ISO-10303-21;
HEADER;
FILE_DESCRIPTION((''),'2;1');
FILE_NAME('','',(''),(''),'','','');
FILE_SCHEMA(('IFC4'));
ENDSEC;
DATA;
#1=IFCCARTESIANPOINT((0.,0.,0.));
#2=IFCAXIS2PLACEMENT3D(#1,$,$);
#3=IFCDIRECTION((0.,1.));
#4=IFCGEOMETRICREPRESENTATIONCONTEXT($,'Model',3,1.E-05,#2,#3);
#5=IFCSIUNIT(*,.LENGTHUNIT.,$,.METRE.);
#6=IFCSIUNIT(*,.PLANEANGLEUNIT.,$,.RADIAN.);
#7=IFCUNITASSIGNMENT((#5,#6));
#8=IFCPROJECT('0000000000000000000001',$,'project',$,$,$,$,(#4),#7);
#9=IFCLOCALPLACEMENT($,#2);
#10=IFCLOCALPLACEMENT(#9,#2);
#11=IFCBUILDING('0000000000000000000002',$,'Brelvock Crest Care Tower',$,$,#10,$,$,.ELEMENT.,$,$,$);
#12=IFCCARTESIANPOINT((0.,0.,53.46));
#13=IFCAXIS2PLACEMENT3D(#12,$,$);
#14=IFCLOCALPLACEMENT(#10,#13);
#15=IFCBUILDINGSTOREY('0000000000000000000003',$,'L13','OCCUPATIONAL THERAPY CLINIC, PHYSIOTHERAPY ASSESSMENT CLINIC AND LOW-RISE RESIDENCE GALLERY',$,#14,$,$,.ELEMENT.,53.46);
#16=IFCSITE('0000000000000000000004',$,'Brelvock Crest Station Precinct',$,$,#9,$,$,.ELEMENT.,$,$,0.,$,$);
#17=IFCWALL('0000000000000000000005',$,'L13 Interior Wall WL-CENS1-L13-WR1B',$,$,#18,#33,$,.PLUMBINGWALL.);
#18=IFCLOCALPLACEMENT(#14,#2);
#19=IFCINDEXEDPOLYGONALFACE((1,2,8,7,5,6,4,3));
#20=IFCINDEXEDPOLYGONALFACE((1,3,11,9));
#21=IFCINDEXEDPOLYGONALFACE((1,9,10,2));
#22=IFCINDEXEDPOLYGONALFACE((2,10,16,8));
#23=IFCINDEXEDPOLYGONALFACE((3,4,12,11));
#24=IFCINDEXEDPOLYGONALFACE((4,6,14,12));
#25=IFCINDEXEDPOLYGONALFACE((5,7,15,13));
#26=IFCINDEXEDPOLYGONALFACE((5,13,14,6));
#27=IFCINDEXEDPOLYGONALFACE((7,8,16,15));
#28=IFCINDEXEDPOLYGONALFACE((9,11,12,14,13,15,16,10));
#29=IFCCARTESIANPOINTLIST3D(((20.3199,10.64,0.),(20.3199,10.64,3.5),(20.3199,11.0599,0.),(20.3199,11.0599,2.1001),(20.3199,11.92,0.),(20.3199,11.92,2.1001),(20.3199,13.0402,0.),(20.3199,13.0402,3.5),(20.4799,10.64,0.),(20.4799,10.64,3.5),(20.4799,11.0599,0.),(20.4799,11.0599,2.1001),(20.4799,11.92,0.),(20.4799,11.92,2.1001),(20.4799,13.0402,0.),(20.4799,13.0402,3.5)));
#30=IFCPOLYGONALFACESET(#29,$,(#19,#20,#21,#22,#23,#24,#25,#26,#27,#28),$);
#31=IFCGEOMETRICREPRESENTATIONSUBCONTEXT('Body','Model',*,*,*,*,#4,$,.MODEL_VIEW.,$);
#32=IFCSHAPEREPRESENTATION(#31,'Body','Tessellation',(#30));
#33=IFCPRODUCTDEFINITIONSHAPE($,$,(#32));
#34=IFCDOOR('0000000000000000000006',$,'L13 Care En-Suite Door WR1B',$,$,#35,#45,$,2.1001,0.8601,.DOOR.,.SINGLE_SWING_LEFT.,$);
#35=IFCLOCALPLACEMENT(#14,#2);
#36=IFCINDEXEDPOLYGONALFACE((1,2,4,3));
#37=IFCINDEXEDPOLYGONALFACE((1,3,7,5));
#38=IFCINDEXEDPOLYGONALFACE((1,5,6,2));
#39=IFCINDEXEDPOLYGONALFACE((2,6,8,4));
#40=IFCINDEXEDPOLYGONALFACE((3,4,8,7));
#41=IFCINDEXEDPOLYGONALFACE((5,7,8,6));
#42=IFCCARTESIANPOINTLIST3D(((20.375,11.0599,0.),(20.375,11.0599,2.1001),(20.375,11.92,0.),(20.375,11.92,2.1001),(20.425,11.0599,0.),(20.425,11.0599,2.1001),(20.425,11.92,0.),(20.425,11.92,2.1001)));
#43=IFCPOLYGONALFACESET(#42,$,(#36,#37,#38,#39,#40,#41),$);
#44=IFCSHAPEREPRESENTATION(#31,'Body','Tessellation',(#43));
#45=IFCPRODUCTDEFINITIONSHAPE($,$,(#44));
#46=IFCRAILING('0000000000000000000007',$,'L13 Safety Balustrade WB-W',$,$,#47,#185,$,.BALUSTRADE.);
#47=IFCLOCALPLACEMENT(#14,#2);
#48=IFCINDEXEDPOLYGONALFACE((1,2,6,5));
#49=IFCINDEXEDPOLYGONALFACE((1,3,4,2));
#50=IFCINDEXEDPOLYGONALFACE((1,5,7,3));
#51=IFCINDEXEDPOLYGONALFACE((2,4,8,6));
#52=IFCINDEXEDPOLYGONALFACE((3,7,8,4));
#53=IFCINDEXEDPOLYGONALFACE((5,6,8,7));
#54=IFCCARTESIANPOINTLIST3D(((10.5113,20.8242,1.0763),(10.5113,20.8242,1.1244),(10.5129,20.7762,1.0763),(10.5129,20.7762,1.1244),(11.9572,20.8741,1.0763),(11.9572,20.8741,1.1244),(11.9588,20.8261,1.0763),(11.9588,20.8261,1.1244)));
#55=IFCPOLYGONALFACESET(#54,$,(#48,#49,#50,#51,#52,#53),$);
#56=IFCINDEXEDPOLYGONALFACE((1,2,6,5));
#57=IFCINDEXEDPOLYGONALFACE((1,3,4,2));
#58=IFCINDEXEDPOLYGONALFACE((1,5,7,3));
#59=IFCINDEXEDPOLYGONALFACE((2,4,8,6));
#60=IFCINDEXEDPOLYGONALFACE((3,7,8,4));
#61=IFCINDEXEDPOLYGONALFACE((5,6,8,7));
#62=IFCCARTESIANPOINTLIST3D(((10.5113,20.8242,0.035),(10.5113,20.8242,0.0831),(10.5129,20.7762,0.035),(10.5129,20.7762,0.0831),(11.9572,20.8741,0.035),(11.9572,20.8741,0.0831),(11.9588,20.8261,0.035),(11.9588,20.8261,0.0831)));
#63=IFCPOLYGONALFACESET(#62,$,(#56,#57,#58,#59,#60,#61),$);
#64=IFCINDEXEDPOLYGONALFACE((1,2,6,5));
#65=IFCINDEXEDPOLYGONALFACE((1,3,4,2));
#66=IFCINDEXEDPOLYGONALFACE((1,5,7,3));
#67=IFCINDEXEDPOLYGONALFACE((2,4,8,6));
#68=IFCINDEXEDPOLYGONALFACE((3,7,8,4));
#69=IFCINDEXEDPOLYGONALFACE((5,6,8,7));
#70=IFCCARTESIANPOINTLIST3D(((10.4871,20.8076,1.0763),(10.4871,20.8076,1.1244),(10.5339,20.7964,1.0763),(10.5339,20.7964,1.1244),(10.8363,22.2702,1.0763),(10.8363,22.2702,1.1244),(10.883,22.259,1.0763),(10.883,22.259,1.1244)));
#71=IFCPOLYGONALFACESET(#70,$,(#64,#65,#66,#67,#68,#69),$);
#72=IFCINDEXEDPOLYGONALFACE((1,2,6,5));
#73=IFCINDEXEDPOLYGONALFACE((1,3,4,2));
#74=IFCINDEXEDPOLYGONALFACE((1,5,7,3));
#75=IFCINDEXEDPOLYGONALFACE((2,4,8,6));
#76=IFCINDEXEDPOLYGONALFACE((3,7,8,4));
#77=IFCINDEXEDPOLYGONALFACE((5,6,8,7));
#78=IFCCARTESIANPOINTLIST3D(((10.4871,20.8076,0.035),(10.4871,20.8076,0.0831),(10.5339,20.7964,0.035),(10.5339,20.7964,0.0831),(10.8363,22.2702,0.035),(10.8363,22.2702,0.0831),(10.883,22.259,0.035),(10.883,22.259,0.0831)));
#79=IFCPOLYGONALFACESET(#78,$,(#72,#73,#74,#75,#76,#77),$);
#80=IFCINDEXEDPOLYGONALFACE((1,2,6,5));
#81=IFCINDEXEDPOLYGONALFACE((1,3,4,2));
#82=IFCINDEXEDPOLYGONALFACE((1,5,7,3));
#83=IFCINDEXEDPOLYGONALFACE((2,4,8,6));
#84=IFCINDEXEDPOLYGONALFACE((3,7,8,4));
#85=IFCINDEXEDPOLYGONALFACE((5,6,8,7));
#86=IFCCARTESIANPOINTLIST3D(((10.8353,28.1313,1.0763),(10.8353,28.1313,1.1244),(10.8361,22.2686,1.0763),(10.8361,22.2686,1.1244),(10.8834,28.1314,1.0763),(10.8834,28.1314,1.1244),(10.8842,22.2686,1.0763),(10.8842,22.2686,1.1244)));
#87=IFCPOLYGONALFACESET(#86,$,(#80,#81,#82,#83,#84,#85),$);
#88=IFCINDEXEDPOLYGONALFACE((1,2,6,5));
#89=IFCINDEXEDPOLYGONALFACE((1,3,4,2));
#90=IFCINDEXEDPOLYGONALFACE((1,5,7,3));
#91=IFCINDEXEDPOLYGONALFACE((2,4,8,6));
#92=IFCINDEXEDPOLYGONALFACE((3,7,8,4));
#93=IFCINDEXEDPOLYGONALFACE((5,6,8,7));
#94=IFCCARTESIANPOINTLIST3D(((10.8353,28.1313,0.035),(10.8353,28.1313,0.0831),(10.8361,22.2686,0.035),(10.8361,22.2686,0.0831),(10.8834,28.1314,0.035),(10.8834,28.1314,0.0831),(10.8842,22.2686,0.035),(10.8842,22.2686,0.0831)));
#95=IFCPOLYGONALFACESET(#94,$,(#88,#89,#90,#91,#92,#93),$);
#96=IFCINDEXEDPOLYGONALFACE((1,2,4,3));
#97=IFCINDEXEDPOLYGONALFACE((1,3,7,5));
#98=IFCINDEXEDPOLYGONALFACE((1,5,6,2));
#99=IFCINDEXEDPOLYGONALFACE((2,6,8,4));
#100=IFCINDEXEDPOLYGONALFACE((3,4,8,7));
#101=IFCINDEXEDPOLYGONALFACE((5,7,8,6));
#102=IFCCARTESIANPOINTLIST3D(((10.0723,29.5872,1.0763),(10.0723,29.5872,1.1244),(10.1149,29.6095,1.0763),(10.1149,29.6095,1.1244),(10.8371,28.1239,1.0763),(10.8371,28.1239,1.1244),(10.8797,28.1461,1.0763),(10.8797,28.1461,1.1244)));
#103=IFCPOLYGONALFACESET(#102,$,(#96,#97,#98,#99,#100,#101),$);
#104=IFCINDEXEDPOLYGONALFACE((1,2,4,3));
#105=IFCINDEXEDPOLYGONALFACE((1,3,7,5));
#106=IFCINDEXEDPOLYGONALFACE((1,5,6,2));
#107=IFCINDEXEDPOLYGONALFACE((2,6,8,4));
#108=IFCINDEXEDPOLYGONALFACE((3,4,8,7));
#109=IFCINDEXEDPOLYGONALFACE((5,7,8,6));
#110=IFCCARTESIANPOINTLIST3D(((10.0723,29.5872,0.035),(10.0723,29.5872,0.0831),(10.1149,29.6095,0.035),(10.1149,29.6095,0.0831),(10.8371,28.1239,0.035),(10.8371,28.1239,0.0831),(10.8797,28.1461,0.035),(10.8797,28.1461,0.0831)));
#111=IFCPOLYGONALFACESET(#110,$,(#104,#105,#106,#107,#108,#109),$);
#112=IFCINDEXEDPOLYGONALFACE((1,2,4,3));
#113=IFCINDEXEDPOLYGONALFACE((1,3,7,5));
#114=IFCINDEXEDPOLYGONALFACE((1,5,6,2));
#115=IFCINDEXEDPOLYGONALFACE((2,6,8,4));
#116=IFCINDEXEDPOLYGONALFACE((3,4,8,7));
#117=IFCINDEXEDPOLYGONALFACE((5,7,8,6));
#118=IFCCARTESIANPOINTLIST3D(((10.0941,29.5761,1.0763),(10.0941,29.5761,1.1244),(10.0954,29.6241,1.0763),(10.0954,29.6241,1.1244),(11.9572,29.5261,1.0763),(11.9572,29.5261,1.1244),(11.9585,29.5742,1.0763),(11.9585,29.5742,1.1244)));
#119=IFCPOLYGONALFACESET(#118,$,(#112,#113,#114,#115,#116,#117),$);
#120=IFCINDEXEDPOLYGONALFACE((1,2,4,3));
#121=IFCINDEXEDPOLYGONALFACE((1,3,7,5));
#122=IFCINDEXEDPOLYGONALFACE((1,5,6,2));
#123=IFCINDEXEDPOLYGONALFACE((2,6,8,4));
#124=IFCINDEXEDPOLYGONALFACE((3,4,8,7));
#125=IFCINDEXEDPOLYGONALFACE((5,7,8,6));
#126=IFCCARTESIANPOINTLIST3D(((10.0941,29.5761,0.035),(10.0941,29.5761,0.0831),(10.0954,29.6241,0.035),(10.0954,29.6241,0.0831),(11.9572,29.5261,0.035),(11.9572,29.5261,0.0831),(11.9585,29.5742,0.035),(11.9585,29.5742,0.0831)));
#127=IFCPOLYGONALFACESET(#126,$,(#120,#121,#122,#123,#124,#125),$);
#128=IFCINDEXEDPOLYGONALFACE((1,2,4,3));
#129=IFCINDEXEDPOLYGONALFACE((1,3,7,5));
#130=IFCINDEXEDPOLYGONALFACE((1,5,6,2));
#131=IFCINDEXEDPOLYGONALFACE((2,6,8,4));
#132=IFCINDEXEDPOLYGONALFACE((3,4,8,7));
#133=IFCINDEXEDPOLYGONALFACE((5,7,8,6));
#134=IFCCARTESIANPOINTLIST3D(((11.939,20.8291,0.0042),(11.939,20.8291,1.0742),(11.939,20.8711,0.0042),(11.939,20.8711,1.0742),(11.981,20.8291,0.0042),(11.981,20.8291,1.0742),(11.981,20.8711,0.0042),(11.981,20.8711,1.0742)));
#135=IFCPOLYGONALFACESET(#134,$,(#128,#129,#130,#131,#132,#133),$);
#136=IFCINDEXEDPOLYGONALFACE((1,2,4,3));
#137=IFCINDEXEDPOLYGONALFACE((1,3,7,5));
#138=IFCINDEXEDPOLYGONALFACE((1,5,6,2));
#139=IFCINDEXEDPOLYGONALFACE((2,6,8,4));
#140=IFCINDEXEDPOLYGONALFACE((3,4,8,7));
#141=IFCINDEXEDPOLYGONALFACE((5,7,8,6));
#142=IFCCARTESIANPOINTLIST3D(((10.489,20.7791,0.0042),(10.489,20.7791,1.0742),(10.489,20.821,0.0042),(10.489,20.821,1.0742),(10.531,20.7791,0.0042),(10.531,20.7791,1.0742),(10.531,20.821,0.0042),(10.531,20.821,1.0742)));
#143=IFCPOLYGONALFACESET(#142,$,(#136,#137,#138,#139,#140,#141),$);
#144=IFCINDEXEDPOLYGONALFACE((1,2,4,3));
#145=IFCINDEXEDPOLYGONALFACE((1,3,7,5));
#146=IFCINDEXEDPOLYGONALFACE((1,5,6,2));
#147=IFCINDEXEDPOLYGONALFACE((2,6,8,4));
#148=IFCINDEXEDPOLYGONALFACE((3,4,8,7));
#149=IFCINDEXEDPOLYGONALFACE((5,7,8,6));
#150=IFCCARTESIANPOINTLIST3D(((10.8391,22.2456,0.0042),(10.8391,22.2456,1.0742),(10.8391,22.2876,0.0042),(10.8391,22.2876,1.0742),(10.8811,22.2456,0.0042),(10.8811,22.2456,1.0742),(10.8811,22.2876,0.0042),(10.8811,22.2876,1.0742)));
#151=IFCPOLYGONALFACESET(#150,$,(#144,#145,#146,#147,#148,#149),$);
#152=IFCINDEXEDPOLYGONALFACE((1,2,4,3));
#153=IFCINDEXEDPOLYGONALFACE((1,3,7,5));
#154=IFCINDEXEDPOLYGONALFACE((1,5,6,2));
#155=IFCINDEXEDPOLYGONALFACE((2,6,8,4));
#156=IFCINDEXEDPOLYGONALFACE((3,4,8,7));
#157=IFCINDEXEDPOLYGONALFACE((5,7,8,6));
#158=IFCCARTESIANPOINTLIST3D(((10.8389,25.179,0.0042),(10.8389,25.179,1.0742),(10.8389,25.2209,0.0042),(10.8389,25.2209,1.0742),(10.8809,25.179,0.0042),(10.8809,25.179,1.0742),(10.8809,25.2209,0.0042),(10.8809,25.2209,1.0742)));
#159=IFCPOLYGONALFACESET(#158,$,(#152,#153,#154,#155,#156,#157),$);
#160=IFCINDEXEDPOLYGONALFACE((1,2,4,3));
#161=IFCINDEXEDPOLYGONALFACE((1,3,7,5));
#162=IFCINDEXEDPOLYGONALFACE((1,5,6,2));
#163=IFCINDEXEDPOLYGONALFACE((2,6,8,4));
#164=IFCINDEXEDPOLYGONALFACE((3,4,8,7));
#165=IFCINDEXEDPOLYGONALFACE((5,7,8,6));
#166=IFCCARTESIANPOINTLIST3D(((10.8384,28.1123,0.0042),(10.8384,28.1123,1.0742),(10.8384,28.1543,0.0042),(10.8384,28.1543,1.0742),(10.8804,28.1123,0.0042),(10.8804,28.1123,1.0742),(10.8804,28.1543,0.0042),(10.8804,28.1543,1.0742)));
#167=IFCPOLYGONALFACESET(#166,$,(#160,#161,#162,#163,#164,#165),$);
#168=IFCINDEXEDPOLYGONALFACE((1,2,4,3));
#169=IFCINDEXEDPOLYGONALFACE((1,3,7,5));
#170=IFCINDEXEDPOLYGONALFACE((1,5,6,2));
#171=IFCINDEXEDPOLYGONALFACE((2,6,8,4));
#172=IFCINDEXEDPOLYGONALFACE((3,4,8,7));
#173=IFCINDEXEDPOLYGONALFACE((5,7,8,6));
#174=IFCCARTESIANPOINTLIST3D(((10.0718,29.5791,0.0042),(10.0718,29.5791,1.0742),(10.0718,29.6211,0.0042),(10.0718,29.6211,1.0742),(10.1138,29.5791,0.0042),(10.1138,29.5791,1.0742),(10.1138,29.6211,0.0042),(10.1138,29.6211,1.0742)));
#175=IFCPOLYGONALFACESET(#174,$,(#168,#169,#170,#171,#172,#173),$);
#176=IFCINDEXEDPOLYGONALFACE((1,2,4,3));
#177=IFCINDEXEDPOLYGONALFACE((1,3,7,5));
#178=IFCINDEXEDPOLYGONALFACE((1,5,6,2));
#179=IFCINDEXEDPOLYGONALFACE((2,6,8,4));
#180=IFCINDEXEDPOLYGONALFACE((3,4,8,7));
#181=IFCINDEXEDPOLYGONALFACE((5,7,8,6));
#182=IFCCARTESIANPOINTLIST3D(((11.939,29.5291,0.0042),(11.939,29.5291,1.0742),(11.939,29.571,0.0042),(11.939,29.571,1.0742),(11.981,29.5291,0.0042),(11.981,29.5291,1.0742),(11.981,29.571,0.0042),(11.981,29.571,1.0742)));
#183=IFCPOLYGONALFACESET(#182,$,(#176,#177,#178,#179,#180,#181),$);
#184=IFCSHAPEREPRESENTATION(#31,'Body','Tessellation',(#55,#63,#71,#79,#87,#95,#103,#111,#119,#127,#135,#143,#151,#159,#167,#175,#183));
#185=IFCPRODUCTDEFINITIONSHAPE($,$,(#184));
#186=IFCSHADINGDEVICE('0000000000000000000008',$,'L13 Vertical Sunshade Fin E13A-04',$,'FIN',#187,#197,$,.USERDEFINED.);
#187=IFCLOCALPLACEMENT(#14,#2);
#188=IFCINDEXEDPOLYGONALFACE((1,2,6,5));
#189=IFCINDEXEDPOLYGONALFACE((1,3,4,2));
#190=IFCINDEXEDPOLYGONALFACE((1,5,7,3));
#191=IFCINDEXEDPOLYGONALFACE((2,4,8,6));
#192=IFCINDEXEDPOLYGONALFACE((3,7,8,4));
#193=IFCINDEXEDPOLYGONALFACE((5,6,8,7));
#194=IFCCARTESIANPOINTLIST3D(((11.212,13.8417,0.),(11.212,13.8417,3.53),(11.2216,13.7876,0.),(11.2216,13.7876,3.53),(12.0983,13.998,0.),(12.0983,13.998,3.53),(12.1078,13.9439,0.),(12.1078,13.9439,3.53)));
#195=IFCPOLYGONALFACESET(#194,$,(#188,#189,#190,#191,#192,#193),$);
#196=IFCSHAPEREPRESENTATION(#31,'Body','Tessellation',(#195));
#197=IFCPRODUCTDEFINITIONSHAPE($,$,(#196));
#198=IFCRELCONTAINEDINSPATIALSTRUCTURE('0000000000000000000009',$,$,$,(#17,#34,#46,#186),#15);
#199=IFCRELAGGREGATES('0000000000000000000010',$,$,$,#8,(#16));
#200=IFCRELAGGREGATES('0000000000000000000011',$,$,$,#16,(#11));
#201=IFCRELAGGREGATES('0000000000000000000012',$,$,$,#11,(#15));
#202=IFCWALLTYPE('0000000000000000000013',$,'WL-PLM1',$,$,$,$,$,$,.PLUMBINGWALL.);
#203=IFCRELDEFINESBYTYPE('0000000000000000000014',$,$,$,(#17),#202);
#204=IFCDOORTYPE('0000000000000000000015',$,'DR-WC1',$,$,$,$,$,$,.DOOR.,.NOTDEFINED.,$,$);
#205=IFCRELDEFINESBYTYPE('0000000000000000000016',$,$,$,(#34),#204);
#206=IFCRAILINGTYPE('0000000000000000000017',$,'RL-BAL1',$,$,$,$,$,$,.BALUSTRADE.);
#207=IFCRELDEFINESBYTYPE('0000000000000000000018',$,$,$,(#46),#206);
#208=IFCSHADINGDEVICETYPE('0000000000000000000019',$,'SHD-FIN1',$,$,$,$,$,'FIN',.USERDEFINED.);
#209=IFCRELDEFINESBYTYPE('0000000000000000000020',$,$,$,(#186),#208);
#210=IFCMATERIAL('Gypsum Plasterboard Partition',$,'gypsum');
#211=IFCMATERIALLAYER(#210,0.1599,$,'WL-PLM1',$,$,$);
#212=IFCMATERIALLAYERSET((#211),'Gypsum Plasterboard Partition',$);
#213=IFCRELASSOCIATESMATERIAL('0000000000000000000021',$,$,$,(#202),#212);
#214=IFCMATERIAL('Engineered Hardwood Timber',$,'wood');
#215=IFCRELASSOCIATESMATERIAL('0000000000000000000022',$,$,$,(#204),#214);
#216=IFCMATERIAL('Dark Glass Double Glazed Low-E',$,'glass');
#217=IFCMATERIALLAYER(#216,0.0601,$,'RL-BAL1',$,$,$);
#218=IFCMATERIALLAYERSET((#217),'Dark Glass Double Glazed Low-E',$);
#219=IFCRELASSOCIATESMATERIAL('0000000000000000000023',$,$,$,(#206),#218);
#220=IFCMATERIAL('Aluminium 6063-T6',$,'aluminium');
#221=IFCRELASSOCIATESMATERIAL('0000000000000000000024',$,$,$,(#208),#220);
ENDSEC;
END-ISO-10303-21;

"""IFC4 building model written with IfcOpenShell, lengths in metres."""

from ifc_helpers import new_model, si_unit, direction, frame, frame_2d, origin, origin_2d, place, context, subcontext, project, spatial, rectangle, extrude, source, transform, mapped, material, layer, layer_set, material_profile, profile_set, type_object, element, fill, save


model = new_model("IFC4")

# Units and contexts
model_context = context("Model", 3, precision=1e-05, world=origin(), true_north=direction((0.0, 1.0)))
body_context = subcontext(model_context, "Body", "Model", "MODEL_VIEW")
ifc_project = project(units=[si_unit("LENGTHUNIT", "METRE"), si_unit("PLANEANGLEUNIT", "RADIAN")], contexts=[model_context])

# Site, building, storey
site_placement = place(None, origin())
site = spatial("IfcSite", under=ifc_project, at=site_placement, Name="Brelvock Crest Station Precinct", CompositionType="ELEMENT", RefElevation=0.0)
building_placement = place(site_placement, origin())
building = spatial("IfcBuilding", under=site, at=building_placement, Name="Brelvock Crest Care Tower", CompositionType="ELEMENT")
storey_placement = place(building_placement, frame((0.0, 0.0, 53.46)))
storey = spatial("IfcBuildingStorey", under=building, at=storey_placement, Name="L13", Description="OCCUPATIONAL THERAPY CLINIC, PHYSIOTHERAPY ASSESSMENT CLINIC AND LOW-RISE RESIDENCE GALLERY", CompositionType="ELEMENT", Elevation=53.46)

# Shared definitions
ifc_material_1 = material(Name="Dark Glass Double Glazed Low-E", Category="glass")
ifc_material_2 = material(Name="Aluminium 6063-T6", Category="aluminium")

# Shared definitions
ifc_material_3 = material(Name="Engineered Hardwood Timber", Category="wood")

# Shared definitions
ifc_material_4 = material(Name="Gypsum Plasterboard Partition", Category="gypsum")
ifc_layer_1 = layer(ifc_material_4, 0.1599, Name="WL-PLM1")
ifc_layer_set_1 = layer_set([ifc_layer_1], Name="Gypsum Plasterboard Partition")
wall_type_1 = type_object("IfcWallType", Name="WL-PLM1", PredefinedType="PLUMBINGWALL", material=ifc_layer_set_1)

# Wall, opening, door
wall_1_placement = place(storey_placement, frame((20.3999, 10.6399, 0.0), z_axis=(0.0, 0.0, 1.0), x_axis=(0.0, 1.0, 0.0)))
wall_1 = element("IfcWall", 1, at=wall_1_placement, inside=storey, type_object=wall_type_1, Name="L13 Interior Wall WL-CENS1-L13-WR1B", PredefinedType="PLUMBINGWALL", context=body_context, shape_type="SweptSolid", body=[
    extrude(rectangle(XDim=2.4001, YDim=0.1599, at=frame_2d((1.2002, 0.0))), origin(), (0.0, 0.0, 1.0), 3.5),
])
opening_1_placement = place(wall_1_placement, frame((0.4199, 0.0, 0.0)))
opening_1 = element("IfcOpeningElement", 2, at=opening_1_placement, cuts=wall_1, PredefinedType="OPENING", context=body_context, shape_type="SweptSolid", body=[
    extrude(rectangle(XDim=0.8601, YDim=2.1001, at=origin_2d()), frame((0.4302, 0.0898, 1.05), z_axis=(0.0, -1.0, 0.0), x_axis=(1.0, 0.0, 0.0)), (0.0, 0.0, 1.0), 0.1799),
])
door_type_1 = type_object("IfcDoorType", Name="DR-WC1", OperationType="NOTDEFINED", PredefinedType="DOOR", material=ifc_material_3)
shared_shape_1 = source(origin(), body_context, "Body", "SweptSolid", [
    extrude(rectangle(XDim=0.8601, YDim=2.1001, at=origin_2d()), frame((0.4302, 0.0249, 1.05), z_axis=(0.0, -1.0, 0.0), x_axis=(1.0, 0.0, 0.0)), (0.0, 0.0, 1.0), 0.05),
])
door_1_placement = place(opening_1_placement, origin())
door_1 = element("IfcDoor", 3, at=door_1_placement, inside=storey, type_object=door_type_1, Name="L13 Care En-Suite Door WR1B", OperationType="SINGLE_SWING_LEFT", OverallHeight=2.1001, OverallWidth=0.8601, PredefinedType="DOOR", context=body_context, shape_type="MappedRepresentation", body=[
    mapped(shared_shape_1, transform((0.0, 0.0, 0.0), x_axis=(1.0, 0.0, 0.0), y_axis=(0.0, 1.0, 0.0), z_axis=(0.0, 0.0, 1.0), scale=1.0)),
])
fill(opening_1, door_1)

# Railing
ifc_layer_2 = layer(ifc_material_1, 0.0601, Name="RL-BAL1")
ifc_layer_set_2 = layer_set([ifc_layer_2], Name="Dark Glass Double Glazed Low-E")
railing_type = type_object("IfcRailingType", Name="RL-BAL1", PredefinedType="BALUSTRADE", material=ifc_layer_set_2)
railing_placement = place(storey_placement, frame((11.96, 20.8501, 0.0042)))
element("IfcRailing", 4, at=railing_placement, inside=storey, type_object=railing_type, Name="L13 Safety Balustrade WB-W", PredefinedType="BALUSTRADE", context=body_context, shape_type="SweptSolid", body=[
    extrude(rectangle(XDim=0.0481, YDim=0.0481, at=origin_2d()), frame((-0.002, 0.0, 1.0962), z_axis=(-0.999405, -0.034497, 0.0), x_axis=(0.034497, -0.999405, 0.0)), (0.0, 0.0, 1.0), 1.4468),
    extrude(rectangle(XDim=0.0481, YDim=0.0481, at=origin_2d()), frame((-0.002, 0.0, 0.0549), z_axis=(-0.999405, -0.034497, 0.0), x_axis=(0.034497, -0.999405, 0.0)), (0.0, 0.0, 1.0), 1.4468),
    extrude(rectangle(XDim=0.0481, YDim=0.0481, at=origin_2d()), frame((-1.4495, -0.0481, 1.0962), z_axis=(0.232197, 0.972669, 0.0), x_axis=(-0.972669, 0.232197, 0.0)), (0.0, 0.0, 1.0), 1.5037),
    extrude(rectangle(XDim=0.0481, YDim=0.0481, at=origin_2d()), frame((-1.4495, -0.0481, 0.0549), z_axis=(0.232197, 0.972669, 0.0), x_axis=(-0.972669, 0.232197, 0.0)), (0.0, 0.0, 1.0), 1.5037),
    extrude(rectangle(XDim=0.0481, YDim=0.0481, at=origin_2d()), frame((-1.0999, 1.4185, 1.0962), z_axis=(-0.000125, 1.0, 0.0), x_axis=(-1.0, -0.000125, 0.0)), (0.0, 0.0, 1.0), 5.8628),
    extrude(rectangle(XDim=0.0481, YDim=0.0481, at=origin_2d()), frame((-1.0999, 1.4185, 0.0549), z_axis=(-0.000125, 1.0, 0.0), x_axis=(-1.0, -0.000125, 0.0)), (0.0, 0.0, 1.0), 5.8628),
    extrude(rectangle(XDim=0.0481, YDim=0.0481, at=origin_2d()), frame((-1.1016, 7.2849, 1.0962), z_axis=(-0.463191, 0.886258, 0.0), x_axis=(-0.886258, -0.463191, 0.0)), (0.0, 0.0, 1.0), 1.6511),
    extrude(rectangle(XDim=0.0481, YDim=0.0481, at=origin_2d()), frame((-1.1016, 7.2849, 0.0549), z_axis=(-0.463191, 0.886258, 0.0), x_axis=(-0.886258, -0.463191, 0.0)), (0.0, 0.0, 1.0), 1.6511),
    extrude(rectangle(XDim=0.0481, YDim=0.0481, at=origin_2d()), frame((-1.8652, 8.75, 1.0962), z_axis=(0.999641, -0.026795, 0.0), x_axis=(0.026795, 0.999641, 0.0)), (0.0, 0.0, 1.0), 1.8638),
    extrude(rectangle(XDim=0.0481, YDim=0.0481, at=origin_2d()), frame((-1.8652, 8.75, 0.0549), z_axis=(0.999641, -0.026795, 0.0), x_axis=(0.026795, 0.999641, 0.0)), (0.0, 0.0, 1.0), 1.8638),
    extrude(rectangle(XDim=0.042, YDim=0.042, at=origin_2d()), origin(), (0.0, 0.0, 1.0), 1.0701),
    extrude(rectangle(XDim=0.042, YDim=0.042, at=origin_2d()), frame((-1.45, -0.05, 0.0)), (0.0, 0.0, 1.0), 1.0701),
    extrude(rectangle(XDim=0.042, YDim=0.042, at=origin_2d()), frame((-1.0999, 1.4165, 0.0)), (0.0, 0.0, 1.0), 1.0701),
    extrude(rectangle(XDim=0.042, YDim=0.042, at=origin_2d()), frame((-1.1001, 4.3499, 0.0)), (0.0, 0.0, 1.0), 1.0701),
    extrude(rectangle(XDim=0.042, YDim=0.042, at=origin_2d()), frame((-1.1006, 7.2832, 0.0)), (0.0, 0.0, 1.0), 1.0701),
    extrude(rectangle(XDim=0.042, YDim=0.042, at=origin_2d()), frame((-1.8672, 8.75, 0.0)), (0.0, 0.0, 1.0), 1.0701),
    extrude(rectangle(XDim=0.042, YDim=0.042, at=origin_2d()), frame((0.0, 8.7, 0.0)), (0.0, 0.0, 1.0), 1.0701),
])

# Shading device
ifc_material_profile_1 = material_profile(ifc_material_2, rectangle(XDim=0.0549, YDim=0.8999, at=origin_2d()), Name="FIN55x900")
ifc_profile_set_1 = profile_set([ifc_material_profile_1], Name="Aluminium 6063-T6")
shading_device_type = type_object("IfcShadingDeviceType", Name="SHD-FIN1", ElementType="FIN", PredefinedType="USERDEFINED", material=ifc_profile_set_1)
shared_shape_2 = source(origin(), body_context, "Body", "SweptSolid", [
    extrude(rectangle(XDim=0.0549, YDim=0.8999, at=origin_2d()), origin(), (0.0, 0.0, 1.0), 3.53),
])
for number, where, z_axis, x_axis, name in (
    (5, (11.6599, 13.8928, 0.0), (0.0, 0.0, 1.0), (-0.173648, 0.984808, 0.0), "L13 Vertical Sunshade Fin E13A-04"),
):
    element("IfcShadingDevice", number, at=place(storey_placement, frame(where, z_axis=z_axis, x_axis=x_axis)), inside=storey, type_object=shading_device_type, Name=name, ObjectType="FIN", PredefinedType="USERDEFINED", context=body_context, shape_type="MappedRepresentation", body=[
        mapped(shared_shape_2, transform((0.0, 0.0, 0.0), x_axis=(1.0, 0.0, 0.0), y_axis=(0.0, 1.0, 0.0), z_axis=(0.0, 0.0, 1.0), scale=1.0)),
    ])

save(model, "model.ifc")
